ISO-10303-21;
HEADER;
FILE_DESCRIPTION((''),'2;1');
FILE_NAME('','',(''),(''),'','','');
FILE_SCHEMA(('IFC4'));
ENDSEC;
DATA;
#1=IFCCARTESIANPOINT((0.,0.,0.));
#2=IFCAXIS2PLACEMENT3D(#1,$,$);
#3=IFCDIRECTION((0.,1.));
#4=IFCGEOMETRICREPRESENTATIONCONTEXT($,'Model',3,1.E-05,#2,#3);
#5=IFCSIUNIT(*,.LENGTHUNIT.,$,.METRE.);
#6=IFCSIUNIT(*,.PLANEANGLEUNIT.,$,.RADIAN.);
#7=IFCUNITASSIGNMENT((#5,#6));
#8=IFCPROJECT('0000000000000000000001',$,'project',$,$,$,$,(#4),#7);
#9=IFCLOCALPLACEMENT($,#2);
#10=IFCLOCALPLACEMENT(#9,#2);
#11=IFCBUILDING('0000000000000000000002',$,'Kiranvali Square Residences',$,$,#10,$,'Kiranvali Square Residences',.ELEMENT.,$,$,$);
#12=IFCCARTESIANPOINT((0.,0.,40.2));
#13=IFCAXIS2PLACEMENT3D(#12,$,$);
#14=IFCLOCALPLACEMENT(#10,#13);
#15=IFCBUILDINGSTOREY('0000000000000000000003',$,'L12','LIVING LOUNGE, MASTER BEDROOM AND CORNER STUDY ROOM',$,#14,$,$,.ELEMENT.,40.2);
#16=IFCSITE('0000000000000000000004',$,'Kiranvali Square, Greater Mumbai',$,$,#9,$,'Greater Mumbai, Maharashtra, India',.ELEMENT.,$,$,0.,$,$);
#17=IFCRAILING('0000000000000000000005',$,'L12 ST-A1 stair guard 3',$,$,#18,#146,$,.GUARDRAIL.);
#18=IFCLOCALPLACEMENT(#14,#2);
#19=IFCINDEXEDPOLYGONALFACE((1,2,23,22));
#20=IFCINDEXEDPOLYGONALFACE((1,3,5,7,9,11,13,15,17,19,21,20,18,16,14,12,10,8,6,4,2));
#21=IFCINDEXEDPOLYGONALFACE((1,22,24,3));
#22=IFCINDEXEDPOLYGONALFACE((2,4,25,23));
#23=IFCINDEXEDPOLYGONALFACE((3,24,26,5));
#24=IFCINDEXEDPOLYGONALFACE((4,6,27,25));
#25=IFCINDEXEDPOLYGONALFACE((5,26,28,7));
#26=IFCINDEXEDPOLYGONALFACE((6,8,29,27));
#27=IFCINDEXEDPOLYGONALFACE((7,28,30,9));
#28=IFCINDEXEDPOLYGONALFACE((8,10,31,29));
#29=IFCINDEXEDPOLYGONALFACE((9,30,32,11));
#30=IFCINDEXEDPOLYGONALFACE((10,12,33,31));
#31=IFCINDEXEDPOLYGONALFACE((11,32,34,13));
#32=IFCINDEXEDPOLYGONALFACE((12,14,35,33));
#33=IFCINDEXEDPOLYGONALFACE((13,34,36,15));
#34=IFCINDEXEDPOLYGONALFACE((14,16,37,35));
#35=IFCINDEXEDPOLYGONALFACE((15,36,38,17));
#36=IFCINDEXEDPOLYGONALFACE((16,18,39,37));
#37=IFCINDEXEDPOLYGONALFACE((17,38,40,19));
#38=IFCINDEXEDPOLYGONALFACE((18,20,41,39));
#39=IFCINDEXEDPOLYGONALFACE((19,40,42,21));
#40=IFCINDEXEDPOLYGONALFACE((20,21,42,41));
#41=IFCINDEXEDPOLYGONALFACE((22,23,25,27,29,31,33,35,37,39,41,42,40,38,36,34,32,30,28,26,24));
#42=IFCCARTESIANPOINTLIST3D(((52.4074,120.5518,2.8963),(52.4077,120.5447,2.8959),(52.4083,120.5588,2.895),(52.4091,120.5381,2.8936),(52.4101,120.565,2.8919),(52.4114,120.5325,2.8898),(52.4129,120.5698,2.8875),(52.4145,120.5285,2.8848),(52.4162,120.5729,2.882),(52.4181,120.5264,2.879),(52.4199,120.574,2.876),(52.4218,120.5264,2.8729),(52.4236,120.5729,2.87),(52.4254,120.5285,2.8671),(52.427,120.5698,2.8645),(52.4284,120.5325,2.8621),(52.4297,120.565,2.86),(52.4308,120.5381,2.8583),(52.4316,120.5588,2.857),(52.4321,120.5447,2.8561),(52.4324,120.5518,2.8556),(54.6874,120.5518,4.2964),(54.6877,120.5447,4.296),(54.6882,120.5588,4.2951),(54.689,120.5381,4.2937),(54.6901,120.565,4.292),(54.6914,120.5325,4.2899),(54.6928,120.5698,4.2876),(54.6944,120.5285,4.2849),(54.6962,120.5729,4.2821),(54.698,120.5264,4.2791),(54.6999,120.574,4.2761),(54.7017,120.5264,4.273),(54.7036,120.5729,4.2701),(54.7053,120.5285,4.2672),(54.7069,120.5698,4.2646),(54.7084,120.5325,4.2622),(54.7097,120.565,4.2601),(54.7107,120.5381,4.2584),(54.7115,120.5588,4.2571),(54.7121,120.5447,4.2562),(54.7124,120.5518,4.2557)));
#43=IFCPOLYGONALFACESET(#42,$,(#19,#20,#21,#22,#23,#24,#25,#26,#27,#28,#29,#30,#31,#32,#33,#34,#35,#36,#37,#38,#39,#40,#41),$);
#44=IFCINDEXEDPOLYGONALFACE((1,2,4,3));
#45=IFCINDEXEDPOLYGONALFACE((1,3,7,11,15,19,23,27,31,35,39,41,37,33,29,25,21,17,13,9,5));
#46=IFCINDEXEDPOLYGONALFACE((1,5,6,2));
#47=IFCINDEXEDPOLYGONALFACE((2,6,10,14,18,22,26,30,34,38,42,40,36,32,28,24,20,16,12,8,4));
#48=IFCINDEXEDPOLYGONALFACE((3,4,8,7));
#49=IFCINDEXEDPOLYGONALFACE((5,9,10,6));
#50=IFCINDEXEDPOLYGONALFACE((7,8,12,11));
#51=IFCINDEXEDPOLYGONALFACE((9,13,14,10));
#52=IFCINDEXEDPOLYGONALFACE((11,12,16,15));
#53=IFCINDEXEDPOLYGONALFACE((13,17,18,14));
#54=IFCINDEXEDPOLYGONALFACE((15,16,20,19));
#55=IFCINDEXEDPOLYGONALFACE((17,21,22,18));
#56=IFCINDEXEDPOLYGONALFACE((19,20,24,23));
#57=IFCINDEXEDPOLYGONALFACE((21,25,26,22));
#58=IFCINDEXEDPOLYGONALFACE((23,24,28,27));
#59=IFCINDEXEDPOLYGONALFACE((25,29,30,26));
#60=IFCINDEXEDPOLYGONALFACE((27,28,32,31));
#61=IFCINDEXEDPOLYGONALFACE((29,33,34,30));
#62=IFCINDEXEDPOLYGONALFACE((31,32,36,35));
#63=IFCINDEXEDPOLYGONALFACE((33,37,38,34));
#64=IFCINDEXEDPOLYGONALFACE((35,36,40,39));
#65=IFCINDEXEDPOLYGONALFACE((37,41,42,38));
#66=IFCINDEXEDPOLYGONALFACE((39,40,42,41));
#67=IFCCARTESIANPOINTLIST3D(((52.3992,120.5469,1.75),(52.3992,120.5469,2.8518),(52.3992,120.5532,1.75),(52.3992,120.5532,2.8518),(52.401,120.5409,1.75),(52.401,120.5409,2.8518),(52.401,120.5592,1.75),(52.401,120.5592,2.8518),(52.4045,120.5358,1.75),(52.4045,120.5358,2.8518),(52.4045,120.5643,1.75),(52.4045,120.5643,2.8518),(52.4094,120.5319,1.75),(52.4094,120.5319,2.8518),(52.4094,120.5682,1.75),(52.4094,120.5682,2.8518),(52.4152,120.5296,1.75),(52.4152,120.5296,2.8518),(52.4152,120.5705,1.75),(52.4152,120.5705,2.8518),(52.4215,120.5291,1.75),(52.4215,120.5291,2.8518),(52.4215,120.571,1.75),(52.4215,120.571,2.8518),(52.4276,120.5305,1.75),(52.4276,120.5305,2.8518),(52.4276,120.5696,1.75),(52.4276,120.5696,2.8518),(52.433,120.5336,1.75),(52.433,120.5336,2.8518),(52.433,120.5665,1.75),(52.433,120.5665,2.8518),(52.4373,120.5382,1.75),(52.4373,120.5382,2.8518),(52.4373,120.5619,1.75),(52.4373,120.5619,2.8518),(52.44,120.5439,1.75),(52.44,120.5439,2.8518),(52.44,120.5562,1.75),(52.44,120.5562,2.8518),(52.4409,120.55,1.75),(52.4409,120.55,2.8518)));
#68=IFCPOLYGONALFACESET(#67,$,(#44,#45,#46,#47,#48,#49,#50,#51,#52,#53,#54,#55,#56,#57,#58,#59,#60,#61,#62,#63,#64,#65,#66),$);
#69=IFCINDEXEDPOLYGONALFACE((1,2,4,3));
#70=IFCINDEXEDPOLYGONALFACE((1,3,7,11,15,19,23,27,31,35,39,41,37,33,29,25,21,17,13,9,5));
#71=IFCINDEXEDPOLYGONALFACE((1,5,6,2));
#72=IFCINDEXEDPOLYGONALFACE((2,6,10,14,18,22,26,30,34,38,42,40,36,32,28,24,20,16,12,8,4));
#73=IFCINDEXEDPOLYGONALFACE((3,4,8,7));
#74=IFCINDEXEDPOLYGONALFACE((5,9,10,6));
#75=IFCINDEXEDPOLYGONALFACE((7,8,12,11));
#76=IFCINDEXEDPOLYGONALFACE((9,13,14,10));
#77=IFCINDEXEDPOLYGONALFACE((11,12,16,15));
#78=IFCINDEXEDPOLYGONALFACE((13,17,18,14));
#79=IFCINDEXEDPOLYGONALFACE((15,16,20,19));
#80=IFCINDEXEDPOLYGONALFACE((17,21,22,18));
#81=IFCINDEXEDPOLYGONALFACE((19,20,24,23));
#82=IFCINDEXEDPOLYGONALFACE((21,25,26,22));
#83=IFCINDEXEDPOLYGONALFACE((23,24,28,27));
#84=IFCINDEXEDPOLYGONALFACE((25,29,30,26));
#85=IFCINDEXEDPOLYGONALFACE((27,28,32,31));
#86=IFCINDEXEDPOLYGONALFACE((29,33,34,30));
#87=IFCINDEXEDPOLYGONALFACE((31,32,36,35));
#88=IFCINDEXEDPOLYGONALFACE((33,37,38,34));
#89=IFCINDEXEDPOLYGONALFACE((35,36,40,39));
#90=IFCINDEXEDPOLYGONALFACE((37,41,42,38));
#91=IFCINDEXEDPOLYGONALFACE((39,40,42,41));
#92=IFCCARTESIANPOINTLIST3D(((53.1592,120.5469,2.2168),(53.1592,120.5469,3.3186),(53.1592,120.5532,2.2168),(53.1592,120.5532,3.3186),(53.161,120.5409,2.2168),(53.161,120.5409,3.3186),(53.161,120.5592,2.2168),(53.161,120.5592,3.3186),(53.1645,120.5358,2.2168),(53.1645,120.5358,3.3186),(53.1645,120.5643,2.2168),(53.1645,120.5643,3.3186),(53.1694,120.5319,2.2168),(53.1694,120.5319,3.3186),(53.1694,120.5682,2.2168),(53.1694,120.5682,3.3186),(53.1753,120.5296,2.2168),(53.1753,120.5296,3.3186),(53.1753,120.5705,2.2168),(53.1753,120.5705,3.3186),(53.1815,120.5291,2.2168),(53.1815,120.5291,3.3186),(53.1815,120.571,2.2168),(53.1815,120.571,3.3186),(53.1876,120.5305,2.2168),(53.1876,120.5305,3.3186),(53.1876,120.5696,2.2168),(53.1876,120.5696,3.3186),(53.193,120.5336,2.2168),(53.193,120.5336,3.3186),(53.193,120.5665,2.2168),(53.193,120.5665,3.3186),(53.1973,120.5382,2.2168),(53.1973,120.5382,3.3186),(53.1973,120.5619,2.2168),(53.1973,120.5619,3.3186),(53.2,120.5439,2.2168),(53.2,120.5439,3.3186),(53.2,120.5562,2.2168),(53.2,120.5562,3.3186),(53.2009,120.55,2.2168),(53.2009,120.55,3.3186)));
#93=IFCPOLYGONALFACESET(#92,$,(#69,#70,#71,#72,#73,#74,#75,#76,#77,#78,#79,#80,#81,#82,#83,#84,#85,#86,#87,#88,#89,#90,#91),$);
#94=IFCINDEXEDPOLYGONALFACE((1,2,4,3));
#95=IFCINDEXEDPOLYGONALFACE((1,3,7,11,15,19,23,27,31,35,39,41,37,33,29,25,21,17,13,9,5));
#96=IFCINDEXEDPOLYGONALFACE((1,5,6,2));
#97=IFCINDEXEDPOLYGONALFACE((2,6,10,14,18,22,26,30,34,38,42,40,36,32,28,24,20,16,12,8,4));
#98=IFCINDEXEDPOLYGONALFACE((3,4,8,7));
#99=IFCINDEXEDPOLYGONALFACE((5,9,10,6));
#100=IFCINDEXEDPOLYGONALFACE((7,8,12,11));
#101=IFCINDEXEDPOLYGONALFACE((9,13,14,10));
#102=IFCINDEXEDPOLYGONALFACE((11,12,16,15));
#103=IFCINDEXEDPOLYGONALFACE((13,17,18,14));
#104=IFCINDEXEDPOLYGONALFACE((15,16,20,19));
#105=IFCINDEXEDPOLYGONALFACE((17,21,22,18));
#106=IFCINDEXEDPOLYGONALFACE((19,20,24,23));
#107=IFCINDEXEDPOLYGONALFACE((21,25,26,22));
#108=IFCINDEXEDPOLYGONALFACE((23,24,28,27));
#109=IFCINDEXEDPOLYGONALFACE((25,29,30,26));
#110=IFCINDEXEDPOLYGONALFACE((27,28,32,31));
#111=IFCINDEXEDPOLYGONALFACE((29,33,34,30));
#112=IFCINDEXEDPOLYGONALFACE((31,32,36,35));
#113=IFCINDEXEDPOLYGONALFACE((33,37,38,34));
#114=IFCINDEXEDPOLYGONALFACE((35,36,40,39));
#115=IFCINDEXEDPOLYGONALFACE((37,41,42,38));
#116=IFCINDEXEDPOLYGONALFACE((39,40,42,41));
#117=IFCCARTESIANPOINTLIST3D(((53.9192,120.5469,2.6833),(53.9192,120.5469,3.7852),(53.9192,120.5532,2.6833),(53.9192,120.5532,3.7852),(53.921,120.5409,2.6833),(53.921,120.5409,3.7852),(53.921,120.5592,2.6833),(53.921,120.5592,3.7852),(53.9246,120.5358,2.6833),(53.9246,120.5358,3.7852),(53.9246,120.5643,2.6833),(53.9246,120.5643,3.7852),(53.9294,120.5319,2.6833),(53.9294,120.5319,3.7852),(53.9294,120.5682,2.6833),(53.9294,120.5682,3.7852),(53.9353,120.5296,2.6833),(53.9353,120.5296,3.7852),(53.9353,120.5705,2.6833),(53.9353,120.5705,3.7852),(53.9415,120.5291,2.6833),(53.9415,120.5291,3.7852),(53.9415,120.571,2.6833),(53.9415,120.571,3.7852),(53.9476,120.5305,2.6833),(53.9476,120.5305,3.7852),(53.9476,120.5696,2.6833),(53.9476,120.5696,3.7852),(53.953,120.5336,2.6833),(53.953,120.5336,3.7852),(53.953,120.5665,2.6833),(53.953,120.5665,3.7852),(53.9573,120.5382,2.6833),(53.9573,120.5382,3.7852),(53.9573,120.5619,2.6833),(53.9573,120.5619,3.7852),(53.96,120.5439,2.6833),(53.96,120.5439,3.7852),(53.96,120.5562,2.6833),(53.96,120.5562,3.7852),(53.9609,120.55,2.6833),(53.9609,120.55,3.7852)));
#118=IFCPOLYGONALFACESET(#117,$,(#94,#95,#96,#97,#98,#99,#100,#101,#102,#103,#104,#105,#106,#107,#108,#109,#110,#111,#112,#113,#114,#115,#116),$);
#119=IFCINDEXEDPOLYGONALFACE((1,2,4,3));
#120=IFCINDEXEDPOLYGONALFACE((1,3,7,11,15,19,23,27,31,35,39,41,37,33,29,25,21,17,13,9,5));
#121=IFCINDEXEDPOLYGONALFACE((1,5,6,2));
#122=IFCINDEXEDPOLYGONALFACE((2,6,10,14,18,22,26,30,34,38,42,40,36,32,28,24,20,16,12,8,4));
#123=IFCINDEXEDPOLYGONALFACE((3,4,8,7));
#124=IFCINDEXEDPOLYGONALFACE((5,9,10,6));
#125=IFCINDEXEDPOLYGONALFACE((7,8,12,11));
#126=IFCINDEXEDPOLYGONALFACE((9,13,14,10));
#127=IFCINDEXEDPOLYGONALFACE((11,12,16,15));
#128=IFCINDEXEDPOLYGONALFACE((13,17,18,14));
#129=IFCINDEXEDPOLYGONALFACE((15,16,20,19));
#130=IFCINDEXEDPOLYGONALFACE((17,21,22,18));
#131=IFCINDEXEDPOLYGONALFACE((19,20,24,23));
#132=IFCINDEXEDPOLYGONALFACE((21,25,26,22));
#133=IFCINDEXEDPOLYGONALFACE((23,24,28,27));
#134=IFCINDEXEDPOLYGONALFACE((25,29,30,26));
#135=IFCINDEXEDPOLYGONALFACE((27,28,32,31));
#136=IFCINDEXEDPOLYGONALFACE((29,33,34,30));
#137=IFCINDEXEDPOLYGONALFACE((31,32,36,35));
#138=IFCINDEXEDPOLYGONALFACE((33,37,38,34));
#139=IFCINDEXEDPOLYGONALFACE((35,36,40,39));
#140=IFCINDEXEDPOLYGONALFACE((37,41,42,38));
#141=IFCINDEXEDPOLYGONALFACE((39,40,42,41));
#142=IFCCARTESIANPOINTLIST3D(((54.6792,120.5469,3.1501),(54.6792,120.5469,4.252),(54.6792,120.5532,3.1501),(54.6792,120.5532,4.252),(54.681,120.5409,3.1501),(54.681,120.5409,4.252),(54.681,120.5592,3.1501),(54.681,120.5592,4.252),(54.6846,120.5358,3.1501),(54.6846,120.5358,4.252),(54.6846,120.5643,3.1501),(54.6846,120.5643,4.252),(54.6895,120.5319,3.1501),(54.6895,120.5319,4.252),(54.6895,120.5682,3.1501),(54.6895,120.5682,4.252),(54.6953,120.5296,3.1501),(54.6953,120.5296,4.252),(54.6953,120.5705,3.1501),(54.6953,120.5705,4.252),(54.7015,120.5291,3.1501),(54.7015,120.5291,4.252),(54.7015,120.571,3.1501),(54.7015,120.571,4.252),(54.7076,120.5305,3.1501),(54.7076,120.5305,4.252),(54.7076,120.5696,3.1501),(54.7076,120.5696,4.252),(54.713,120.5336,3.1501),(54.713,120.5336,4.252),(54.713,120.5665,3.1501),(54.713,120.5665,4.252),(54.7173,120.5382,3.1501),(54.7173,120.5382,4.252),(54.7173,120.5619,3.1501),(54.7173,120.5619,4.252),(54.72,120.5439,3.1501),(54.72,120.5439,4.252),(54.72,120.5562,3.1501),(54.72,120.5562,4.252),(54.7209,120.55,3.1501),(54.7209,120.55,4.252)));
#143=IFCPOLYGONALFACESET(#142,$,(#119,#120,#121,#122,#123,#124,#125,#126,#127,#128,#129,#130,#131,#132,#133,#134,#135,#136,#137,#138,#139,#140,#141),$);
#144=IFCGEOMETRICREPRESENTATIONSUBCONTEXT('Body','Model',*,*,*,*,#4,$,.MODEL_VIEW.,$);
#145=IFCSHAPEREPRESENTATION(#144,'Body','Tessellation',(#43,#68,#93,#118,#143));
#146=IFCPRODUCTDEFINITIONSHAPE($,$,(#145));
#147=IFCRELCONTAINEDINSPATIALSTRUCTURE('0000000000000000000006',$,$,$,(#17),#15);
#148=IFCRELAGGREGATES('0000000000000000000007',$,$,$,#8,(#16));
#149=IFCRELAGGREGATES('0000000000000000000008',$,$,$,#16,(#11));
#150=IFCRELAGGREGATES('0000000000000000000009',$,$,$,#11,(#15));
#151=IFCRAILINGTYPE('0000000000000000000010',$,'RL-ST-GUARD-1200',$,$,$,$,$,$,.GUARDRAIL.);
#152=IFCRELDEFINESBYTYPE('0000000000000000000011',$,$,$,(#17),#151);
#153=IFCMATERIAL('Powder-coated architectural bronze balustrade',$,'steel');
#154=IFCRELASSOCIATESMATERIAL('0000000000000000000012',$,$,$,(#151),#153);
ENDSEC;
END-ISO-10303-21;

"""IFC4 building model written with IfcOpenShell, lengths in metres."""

from ifc_helpers import new_model, si_unit, direction, frame, origin, origin_2d, place, context, subcontext, project, spatial, circle, extrude, material, type_object, element, save


model = new_model("IFC4")

# Units and contexts
model_context = context("Model", 3, precision=1e-05, world=origin(), true_north=direction((0.0, 1.0)))
body_context = subcontext(model_context, "Body", "Model", "MODEL_VIEW")
ifc_project = project(units=[si_unit("LENGTHUNIT", "METRE"), si_unit("PLANEANGLEUNIT", "RADIAN")], contexts=[model_context])

# Site, building, storey
site_placement = place(None, origin())
site = spatial("IfcSite", under=ifc_project, at=site_placement, Name="Kiranvali Square, Greater Mumbai", LongName="Greater Mumbai, Maharashtra, India", CompositionType="ELEMENT", RefElevation=0.0)
building_placement = place(site_placement, origin())
building = spatial("IfcBuilding", under=site, at=building_placement, Name="Kiranvali Square Residences", LongName="Kiranvali Square Residences", CompositionType="ELEMENT")
storey_placement = place(building_placement, frame((0.0, 0.0, 40.2)))
storey = spatial("IfcBuildingStorey", under=building, at=storey_placement, Name="L12", Description="LIVING LOUNGE, MASTER BEDROOM AND CORNER STUDY ROOM", CompositionType="ELEMENT", Elevation=40.2)

# Railing
ifc_material_1 = material(Name="Powder-coated architectural bronze balustrade", Category="steel")
railing_type_1 = type_object("IfcRailingType", Name="RL-ST-GUARD-1200", PredefinedType="GUARDRAIL", material=ifc_material_1)
railing_1_placement = place(storey_placement, frame((52.4199, 120.55, 1.75)))
element("IfcRailing", 1, at=railing_1_placement, inside=storey, type_object=railing_type_1, Name="L12 ST-A1 stair guard 3", PredefinedType="GUARDRAIL", context=body_context, shape_type="SweptSolid", body=[
    extrude(circle(Radius=0.0239, at=origin_2d()), frame((0.0, 0.0, 1.126), z_axis=(0.85215, 0.0, 0.523298), x_axis=(0.0, 1.0, 0.0)), (0.0, 0.0, 1.0), 2.6755),
    extrude(circle(Radius=0.021, at=origin_2d()), origin(), (0.0, 0.0, 1.0), 1.1018),
    extrude(circle(Radius=0.021, at=origin_2d()), frame((0.76, 0.0, 0.4668)), (0.0, 0.0, 1.0), 1.1018),
    extrude(circle(Radius=0.021, at=origin_2d()), frame((1.52, 0.0, 0.9333)), (0.0, 0.0, 1.0), 1.1018),
    extrude(circle(Radius=0.021, at=origin_2d()), frame((2.28, 0.0, 1.4001)), (0.0, 0.0, 1.0), 1.1018),
])

save(model, "model.ifc")
